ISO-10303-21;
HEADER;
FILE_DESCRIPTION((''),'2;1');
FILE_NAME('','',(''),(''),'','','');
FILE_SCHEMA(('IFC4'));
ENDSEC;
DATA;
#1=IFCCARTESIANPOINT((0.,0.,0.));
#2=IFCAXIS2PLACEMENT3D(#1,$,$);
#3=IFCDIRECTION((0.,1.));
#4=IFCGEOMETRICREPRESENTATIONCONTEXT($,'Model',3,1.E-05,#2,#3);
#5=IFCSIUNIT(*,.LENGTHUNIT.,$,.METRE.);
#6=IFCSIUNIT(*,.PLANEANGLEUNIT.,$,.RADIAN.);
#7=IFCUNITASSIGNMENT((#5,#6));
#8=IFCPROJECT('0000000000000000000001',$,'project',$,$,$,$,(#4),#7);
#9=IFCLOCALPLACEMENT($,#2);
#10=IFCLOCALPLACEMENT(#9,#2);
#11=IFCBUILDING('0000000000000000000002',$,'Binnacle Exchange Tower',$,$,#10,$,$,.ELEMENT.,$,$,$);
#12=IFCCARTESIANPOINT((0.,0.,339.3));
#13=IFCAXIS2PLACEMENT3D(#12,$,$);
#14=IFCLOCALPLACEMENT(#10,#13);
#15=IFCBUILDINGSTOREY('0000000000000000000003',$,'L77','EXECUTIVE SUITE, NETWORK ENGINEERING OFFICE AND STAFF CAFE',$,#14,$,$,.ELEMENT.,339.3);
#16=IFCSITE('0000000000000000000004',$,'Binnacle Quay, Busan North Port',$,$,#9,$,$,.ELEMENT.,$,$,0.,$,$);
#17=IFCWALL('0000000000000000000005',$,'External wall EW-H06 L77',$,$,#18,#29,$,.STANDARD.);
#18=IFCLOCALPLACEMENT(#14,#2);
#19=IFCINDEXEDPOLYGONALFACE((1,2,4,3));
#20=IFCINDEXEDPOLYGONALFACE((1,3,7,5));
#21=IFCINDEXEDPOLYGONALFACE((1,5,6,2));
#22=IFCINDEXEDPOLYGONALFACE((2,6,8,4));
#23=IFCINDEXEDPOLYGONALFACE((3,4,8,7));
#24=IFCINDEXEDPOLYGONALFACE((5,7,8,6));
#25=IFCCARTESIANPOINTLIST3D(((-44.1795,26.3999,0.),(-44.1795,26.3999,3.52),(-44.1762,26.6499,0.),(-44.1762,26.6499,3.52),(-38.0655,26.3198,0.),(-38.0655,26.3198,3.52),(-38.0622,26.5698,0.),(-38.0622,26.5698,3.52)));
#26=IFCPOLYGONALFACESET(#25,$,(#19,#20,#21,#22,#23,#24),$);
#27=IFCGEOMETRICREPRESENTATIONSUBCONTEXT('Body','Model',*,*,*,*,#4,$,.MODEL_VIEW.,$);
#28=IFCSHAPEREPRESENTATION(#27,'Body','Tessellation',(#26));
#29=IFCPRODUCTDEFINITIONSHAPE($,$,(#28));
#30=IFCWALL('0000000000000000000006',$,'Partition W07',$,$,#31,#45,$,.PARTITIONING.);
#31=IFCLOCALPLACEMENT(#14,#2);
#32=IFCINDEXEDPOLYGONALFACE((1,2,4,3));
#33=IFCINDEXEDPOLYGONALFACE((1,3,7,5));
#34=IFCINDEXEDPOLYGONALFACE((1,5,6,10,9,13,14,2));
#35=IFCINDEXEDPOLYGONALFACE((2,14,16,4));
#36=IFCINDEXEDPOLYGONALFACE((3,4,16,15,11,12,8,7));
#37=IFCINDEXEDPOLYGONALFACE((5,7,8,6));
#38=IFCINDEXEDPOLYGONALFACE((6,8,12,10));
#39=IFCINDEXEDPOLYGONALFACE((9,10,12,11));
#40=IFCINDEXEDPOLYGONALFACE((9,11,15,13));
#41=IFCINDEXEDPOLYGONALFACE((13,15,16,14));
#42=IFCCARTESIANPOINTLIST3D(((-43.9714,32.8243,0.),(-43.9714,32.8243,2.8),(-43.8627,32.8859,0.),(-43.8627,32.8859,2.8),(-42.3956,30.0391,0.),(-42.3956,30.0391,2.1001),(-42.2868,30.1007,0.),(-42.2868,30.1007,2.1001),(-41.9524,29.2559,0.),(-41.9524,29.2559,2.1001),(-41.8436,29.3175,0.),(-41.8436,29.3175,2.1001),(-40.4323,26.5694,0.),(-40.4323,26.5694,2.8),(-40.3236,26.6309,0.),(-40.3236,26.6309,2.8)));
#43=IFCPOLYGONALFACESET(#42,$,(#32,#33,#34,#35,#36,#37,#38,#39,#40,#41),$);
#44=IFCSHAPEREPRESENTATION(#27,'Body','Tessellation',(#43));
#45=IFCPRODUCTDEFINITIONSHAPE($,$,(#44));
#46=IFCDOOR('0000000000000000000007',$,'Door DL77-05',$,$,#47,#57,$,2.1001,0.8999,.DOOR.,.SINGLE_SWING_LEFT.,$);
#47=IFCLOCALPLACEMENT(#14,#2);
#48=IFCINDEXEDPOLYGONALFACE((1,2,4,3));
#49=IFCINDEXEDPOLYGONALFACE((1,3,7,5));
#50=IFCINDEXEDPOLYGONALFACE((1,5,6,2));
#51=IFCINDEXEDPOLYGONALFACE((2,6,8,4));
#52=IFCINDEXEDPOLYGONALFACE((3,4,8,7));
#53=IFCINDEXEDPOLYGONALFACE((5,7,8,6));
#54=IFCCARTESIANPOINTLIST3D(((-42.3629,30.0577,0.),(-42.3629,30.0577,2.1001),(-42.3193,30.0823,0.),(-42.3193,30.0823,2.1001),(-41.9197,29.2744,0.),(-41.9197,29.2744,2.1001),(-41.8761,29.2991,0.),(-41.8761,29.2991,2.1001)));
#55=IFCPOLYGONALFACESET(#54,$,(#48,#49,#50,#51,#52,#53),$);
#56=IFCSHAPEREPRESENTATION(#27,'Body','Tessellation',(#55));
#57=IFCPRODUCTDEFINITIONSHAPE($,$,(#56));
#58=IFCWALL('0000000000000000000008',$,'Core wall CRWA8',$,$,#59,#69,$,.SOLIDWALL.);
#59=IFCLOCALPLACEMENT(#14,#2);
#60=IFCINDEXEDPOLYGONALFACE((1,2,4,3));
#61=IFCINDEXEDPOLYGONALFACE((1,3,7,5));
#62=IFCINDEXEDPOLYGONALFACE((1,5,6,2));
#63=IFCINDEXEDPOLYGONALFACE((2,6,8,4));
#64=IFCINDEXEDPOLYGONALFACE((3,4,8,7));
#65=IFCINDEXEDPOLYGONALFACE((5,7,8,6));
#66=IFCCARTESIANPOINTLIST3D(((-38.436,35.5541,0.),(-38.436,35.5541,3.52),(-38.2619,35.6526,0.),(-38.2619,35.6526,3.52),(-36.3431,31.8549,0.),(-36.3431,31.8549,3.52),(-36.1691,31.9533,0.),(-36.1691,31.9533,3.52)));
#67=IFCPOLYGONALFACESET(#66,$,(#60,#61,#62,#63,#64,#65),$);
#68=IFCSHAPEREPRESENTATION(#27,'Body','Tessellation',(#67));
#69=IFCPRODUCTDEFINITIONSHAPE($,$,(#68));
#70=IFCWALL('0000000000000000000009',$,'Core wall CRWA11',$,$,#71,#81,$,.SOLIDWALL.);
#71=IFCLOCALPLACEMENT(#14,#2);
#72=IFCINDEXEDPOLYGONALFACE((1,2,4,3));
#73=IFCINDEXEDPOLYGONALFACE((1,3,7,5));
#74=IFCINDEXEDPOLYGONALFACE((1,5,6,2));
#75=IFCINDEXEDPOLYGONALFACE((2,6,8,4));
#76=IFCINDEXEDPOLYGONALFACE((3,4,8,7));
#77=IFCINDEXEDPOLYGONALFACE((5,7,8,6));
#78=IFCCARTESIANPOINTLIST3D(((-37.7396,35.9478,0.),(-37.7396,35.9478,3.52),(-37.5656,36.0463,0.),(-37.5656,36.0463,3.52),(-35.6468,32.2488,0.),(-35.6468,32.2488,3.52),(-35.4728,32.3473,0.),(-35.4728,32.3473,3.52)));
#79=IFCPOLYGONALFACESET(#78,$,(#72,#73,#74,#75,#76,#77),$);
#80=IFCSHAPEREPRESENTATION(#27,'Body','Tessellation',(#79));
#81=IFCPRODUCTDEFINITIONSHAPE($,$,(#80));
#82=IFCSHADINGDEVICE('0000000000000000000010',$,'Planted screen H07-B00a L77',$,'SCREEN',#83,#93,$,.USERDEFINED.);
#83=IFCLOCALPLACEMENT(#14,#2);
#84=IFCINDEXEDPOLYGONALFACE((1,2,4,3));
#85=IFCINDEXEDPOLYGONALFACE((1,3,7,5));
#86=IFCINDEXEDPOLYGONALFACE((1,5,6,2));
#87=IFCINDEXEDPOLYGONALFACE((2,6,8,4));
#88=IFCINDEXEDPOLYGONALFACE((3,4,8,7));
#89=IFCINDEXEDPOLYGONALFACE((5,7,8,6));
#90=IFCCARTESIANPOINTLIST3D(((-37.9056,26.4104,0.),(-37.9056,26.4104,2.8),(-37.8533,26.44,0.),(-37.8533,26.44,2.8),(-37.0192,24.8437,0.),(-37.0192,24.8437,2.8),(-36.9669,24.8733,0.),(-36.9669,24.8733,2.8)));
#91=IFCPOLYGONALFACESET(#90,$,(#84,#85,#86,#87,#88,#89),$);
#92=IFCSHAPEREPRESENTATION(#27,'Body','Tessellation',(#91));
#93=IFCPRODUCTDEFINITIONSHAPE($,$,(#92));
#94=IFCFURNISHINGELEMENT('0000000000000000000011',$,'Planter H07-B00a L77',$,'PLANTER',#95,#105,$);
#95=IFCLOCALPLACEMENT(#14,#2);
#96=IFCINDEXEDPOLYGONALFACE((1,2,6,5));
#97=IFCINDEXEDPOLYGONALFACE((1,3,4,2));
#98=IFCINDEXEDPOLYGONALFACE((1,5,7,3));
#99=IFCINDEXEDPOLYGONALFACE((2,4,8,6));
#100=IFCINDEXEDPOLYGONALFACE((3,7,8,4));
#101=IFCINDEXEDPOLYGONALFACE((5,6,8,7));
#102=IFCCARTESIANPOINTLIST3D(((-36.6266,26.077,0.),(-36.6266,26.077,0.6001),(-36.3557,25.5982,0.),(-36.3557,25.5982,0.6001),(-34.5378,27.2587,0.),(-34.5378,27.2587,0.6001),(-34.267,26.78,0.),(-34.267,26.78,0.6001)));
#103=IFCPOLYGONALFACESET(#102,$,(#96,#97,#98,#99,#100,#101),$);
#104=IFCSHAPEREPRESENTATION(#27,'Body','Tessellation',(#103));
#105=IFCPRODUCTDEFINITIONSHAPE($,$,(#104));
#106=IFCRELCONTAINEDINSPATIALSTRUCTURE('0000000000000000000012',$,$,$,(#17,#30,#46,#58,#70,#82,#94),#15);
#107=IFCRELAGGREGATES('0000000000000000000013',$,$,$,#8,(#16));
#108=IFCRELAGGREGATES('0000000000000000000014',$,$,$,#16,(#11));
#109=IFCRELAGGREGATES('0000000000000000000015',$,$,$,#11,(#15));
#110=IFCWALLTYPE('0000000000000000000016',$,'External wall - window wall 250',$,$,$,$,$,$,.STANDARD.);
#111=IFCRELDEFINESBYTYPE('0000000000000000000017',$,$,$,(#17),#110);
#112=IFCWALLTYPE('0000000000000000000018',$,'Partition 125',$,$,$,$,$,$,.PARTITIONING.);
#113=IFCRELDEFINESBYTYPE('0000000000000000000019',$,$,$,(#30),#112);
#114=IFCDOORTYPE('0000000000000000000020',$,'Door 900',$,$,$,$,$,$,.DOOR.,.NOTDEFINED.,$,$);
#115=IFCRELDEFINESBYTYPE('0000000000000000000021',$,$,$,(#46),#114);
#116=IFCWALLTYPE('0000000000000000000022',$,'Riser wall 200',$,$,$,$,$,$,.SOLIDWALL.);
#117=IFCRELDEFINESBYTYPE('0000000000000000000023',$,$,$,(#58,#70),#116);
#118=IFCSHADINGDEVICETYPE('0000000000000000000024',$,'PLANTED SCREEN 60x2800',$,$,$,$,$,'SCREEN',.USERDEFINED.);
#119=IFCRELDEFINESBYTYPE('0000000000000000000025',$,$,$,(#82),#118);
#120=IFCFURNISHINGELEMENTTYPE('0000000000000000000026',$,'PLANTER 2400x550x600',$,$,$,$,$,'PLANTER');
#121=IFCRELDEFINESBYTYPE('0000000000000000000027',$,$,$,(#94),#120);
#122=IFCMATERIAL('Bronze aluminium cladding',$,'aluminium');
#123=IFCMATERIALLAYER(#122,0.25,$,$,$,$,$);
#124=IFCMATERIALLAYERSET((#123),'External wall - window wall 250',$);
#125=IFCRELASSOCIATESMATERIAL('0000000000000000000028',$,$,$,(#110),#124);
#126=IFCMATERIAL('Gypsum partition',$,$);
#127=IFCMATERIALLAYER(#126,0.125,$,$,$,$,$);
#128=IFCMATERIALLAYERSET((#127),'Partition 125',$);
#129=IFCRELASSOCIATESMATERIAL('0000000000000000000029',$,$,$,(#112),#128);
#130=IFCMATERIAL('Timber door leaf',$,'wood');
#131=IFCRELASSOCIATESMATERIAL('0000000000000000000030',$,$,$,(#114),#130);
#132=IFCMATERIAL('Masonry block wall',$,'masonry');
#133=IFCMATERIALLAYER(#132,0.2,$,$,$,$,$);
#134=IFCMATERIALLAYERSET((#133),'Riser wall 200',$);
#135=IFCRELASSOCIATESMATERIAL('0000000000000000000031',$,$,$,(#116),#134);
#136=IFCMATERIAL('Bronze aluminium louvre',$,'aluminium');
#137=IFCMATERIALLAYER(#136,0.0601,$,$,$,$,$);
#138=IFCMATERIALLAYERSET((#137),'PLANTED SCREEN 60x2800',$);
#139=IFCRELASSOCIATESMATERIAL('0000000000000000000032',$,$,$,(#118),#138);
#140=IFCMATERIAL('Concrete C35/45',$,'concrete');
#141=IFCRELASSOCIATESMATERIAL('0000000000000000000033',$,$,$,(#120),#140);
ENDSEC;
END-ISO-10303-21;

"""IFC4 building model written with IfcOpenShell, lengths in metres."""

from ifc_helpers import new_model, si_unit, direction, frame, frame_2d, origin, origin_2d, place, context, subcontext, project, spatial, rectangle, extrude, material, layer, layer_set, type_object, element, fill, save


model = new_model("IFC4")

# Units and contexts
model_context = context("Model", 3, precision=1e-05, world=origin(), true_north=direction((0.0, 1.0)))
body_context = subcontext(model_context, "Body", "Model", "MODEL_VIEW")
ifc_project = project(units=[si_unit("LENGTHUNIT", "METRE"), si_unit("PLANEANGLEUNIT", "RADIAN")], contexts=[model_context])

# Site, building, storey
site_placement = place(None, origin())
site = spatial("IfcSite", under=ifc_project, at=site_placement, Name="Binnacle Quay, Busan North Port", CompositionType="ELEMENT", RefElevation=0.0)
building_placement = place(site_placement, origin())
building = spatial("IfcBuilding", under=site, at=building_placement, Name="Binnacle Exchange Tower", CompositionType="ELEMENT")
storey_placement = place(building_placement, frame((0.0, 0.0, 339.3)))
storey = spatial("IfcBuildingStorey", under=building, at=storey_placement, Name="L77", Description="EXECUTIVE SUITE, NETWORK ENGINEERING OFFICE AND STAFF CAFE", CompositionType="ELEMENT", Elevation=339.3)

# Shared definitions
ifc_material_1 = material(Name="Bronze aluminium cladding", Category="aluminium")
ifc_layer_1 = layer(ifc_material_1, 0.25)
ifc_layer_set_1 = layer_set([ifc_layer_1], Name="External wall - window wall 250")
wall_type_1 = type_object("IfcWallType", Name="External wall - window wall 250", PredefinedType="STANDARD", material=ifc_layer_set_1)

# Wall
wall_1_placement = place(storey_placement, frame((-38.064, 26.4448, 0.0), z_axis=(0.0, 0.0, 1.0), x_axis=(-0.999914, 0.013096, 0.0)))
element("IfcWall", 1, at=wall_1_placement, inside=storey, type_object=wall_type_1, Name="External wall EW-H06 L77", PredefinedType="STANDARD", context=body_context, shape_type="SweptSolid", body=[
    extrude(rectangle(XDim=6.1145, YDim=0.25, at=frame_2d((3.0571, 0.0))), origin(), (0.0, 0.0, 1.0), 3.52),
])

# Wall, opening, door
ifc_material_2 = material(Name="Gypsum partition")
ifc_layer_2 = layer(ifc_material_2, 0.125)
ifc_layer_set_2 = layer_set([ifc_layer_2], Name="Partition 125")
wall_type_2 = type_object("IfcWallType", Name="Partition 125", PredefinedType="PARTITIONING", material=ifc_layer_set_2)
wall_2_placement = place(storey_placement, frame((-43.917, 32.855, 0.0), z_axis=(0.0, 0.0, 1.0), x_axis=(0.492447, -0.870343, 0.0)))
wall_2 = element("IfcWall", 2, at=wall_2_placement, inside=storey, type_object=wall_type_2, Name="Partition W07", PredefinedType="PARTITIONING", context=body_context, shape_type="SweptSolid", body=[
    extrude(rectangle(XDim=7.1868, YDim=0.125, at=frame_2d((3.5933, 0.0))), origin(), (0.0, 0.0, 1.0), 2.8),
])
opening_1_placement = place(wall_2_placement, frame((3.2, 0.0, 0.0)))
opening_1 = element("IfcOpeningElement", 3, at=opening_1_placement, cuts=wall_2, PredefinedType="OPENING", context=body_context, shape_type="SweptSolid", body=[
    extrude(rectangle(XDim=0.8999, YDim=2.1001, at=frame_2d((0.45, 1.05))), frame((0.0, 0.0725, 0.0), z_axis=(0.0, -1.0, 0.0), x_axis=(1.0, 0.0, 0.0)), (0.0, 0.0, 1.0), 0.145),
])
ifc_material_3 = material(Name="Timber door leaf", Category="wood")
door_type_1 = type_object("IfcDoorType", Name="Door 900", OperationType="NOTDEFINED", PredefinedType="DOOR", material=ifc_material_3)
door_1_placement = place(opening_1_placement, frame((0.8999, 0.0, 0.0), z_axis=(0.0, 0.0, 1.0), x_axis=(-1.0, 0.0, 0.0)))
door_1 = element("IfcDoor", 4, at=door_1_placement, inside=storey, type_object=door_type_1, Name="Door DL77-05", OperationType="SINGLE_SWING_LEFT", OverallHeight=2.1001, OverallWidth=0.8999, PredefinedType="DOOR", context=body_context, shape_type="SweptSolid", body=[
    extrude(rectangle(XDim=0.8999, YDim=2.1001, at=frame_2d((0.45, 1.05))), frame((0.0, 0.0249, 0.0), z_axis=(0.0, -1.0, 0.0), x_axis=(1.0, 0.0, 0.0)), (0.0, 0.0, 1.0), 0.05),
])
fill(opening_1, door_1)

# Walls
ifc_material_4 = material(Name="Masonry block wall", Category="masonry")
ifc_layer_3 = layer(ifc_material_4, 0.2)
ifc_layer_set_3 = layer_set([ifc_layer_3], Name="Riser wall 200")
wall_type_3 = type_object("IfcWallType", Name="Riser wall 200", PredefinedType="SOLIDWALL", material=ifc_layer_set_3)
wall_3_placement = place(storey_placement, frame((-38.3489, 35.6033, 0.0), z_axis=(0.0, 0.0, 1.0), x_axis=(0.492398, -0.87037, 0.0)))
element("IfcWall", 5, at=wall_3_placement, inside=storey, type_object=wall_type_3, Name="Core wall CRWA8", PredefinedType="SOLIDWALL", context=body_context, shape_type="SweptSolid", body=[
    extrude(rectangle(XDim=4.2502, YDim=0.2, at=frame_2d((2.125, 0.0))), origin(), (0.0, 0.0, 1.0), 3.52),
])
wall_4_placement = place(storey_placement, frame((-37.6526, 35.9971, 0.0), z_axis=(0.0, 0.0, 1.0), x_axis=(0.492423, -0.870356, 0.0)))
element("IfcWall", 6, at=wall_4_placement, inside=storey, type_object=wall_type_3, Name="Core wall CRWA11", PredefinedType="SOLIDWALL", context=body_context, shape_type="SweptSolid", body=[
    extrude(rectangle(XDim=4.25, YDim=0.2, at=frame_2d((2.125, 0.0))), origin(), (0.0, 0.0, 1.0), 3.52),
])

# Shading device
ifc_material_5 = material(Name="Bronze aluminium louvre", Category="aluminium")
ifc_layer_4 = layer(ifc_material_5, 0.0601)
ifc_layer_set_4 = layer_set([ifc_layer_4], Name="PLANTED SCREEN 60x2800")
shading_device_type = type_object("IfcShadingDeviceType", Name="PLANTED SCREEN 60x2800", ElementType="SCREEN", PredefinedType="USERDEFINED", material=ifc_layer_set_4)
shading_device_placement = place(storey_placement, frame((-37.4363, 25.6418, 0.0), z_axis=(0.0, 0.0, 1.0), x_axis=(0.870356, 0.492424, 0.0)))
element("IfcShadingDevice", 7, at=shading_device_placement, inside=storey, type_object=shading_device_type, Name="Planted screen H07-B00a L77", ObjectType="SCREEN", PredefinedType="USERDEFINED", context=body_context, shape_type="SweptSolid", body=[
    extrude(rectangle(XDim=0.0601, YDim=1.8, at=origin_2d()), origin(), (0.0, 0.0, 1.0), 2.8),
])

# Furnishing element
ifc_material_6 = material(Name="Concrete C35/45", Category="concrete")
furnishing_element_type = type_object("IfcFurnishingElementType", Name="PLANTER 2400x550x600", ElementType="PLANTER", material=ifc_material_6)
furnishing_placement = place(storey_placement, frame((-35.4468, 26.4285, 0.0), z_axis=(0.0, 0.0, 1.0), x_axis=(0.870356, 0.492424, 0.0)))
element("IfcFurnishingElement", 8, at=furnishing_placement, inside=storey, type_object=furnishing_element_type, Name="Planter H07-B00a L77", ObjectType="PLANTER", context=body_context, shape_type="SweptSolid", body=[
    extrude(rectangle(XDim=2.3999, YDim=0.55, at=origin_2d()), origin(), (0.0, 0.0, 1.0), 0.6001),
])

save(model, "model.ifc")
